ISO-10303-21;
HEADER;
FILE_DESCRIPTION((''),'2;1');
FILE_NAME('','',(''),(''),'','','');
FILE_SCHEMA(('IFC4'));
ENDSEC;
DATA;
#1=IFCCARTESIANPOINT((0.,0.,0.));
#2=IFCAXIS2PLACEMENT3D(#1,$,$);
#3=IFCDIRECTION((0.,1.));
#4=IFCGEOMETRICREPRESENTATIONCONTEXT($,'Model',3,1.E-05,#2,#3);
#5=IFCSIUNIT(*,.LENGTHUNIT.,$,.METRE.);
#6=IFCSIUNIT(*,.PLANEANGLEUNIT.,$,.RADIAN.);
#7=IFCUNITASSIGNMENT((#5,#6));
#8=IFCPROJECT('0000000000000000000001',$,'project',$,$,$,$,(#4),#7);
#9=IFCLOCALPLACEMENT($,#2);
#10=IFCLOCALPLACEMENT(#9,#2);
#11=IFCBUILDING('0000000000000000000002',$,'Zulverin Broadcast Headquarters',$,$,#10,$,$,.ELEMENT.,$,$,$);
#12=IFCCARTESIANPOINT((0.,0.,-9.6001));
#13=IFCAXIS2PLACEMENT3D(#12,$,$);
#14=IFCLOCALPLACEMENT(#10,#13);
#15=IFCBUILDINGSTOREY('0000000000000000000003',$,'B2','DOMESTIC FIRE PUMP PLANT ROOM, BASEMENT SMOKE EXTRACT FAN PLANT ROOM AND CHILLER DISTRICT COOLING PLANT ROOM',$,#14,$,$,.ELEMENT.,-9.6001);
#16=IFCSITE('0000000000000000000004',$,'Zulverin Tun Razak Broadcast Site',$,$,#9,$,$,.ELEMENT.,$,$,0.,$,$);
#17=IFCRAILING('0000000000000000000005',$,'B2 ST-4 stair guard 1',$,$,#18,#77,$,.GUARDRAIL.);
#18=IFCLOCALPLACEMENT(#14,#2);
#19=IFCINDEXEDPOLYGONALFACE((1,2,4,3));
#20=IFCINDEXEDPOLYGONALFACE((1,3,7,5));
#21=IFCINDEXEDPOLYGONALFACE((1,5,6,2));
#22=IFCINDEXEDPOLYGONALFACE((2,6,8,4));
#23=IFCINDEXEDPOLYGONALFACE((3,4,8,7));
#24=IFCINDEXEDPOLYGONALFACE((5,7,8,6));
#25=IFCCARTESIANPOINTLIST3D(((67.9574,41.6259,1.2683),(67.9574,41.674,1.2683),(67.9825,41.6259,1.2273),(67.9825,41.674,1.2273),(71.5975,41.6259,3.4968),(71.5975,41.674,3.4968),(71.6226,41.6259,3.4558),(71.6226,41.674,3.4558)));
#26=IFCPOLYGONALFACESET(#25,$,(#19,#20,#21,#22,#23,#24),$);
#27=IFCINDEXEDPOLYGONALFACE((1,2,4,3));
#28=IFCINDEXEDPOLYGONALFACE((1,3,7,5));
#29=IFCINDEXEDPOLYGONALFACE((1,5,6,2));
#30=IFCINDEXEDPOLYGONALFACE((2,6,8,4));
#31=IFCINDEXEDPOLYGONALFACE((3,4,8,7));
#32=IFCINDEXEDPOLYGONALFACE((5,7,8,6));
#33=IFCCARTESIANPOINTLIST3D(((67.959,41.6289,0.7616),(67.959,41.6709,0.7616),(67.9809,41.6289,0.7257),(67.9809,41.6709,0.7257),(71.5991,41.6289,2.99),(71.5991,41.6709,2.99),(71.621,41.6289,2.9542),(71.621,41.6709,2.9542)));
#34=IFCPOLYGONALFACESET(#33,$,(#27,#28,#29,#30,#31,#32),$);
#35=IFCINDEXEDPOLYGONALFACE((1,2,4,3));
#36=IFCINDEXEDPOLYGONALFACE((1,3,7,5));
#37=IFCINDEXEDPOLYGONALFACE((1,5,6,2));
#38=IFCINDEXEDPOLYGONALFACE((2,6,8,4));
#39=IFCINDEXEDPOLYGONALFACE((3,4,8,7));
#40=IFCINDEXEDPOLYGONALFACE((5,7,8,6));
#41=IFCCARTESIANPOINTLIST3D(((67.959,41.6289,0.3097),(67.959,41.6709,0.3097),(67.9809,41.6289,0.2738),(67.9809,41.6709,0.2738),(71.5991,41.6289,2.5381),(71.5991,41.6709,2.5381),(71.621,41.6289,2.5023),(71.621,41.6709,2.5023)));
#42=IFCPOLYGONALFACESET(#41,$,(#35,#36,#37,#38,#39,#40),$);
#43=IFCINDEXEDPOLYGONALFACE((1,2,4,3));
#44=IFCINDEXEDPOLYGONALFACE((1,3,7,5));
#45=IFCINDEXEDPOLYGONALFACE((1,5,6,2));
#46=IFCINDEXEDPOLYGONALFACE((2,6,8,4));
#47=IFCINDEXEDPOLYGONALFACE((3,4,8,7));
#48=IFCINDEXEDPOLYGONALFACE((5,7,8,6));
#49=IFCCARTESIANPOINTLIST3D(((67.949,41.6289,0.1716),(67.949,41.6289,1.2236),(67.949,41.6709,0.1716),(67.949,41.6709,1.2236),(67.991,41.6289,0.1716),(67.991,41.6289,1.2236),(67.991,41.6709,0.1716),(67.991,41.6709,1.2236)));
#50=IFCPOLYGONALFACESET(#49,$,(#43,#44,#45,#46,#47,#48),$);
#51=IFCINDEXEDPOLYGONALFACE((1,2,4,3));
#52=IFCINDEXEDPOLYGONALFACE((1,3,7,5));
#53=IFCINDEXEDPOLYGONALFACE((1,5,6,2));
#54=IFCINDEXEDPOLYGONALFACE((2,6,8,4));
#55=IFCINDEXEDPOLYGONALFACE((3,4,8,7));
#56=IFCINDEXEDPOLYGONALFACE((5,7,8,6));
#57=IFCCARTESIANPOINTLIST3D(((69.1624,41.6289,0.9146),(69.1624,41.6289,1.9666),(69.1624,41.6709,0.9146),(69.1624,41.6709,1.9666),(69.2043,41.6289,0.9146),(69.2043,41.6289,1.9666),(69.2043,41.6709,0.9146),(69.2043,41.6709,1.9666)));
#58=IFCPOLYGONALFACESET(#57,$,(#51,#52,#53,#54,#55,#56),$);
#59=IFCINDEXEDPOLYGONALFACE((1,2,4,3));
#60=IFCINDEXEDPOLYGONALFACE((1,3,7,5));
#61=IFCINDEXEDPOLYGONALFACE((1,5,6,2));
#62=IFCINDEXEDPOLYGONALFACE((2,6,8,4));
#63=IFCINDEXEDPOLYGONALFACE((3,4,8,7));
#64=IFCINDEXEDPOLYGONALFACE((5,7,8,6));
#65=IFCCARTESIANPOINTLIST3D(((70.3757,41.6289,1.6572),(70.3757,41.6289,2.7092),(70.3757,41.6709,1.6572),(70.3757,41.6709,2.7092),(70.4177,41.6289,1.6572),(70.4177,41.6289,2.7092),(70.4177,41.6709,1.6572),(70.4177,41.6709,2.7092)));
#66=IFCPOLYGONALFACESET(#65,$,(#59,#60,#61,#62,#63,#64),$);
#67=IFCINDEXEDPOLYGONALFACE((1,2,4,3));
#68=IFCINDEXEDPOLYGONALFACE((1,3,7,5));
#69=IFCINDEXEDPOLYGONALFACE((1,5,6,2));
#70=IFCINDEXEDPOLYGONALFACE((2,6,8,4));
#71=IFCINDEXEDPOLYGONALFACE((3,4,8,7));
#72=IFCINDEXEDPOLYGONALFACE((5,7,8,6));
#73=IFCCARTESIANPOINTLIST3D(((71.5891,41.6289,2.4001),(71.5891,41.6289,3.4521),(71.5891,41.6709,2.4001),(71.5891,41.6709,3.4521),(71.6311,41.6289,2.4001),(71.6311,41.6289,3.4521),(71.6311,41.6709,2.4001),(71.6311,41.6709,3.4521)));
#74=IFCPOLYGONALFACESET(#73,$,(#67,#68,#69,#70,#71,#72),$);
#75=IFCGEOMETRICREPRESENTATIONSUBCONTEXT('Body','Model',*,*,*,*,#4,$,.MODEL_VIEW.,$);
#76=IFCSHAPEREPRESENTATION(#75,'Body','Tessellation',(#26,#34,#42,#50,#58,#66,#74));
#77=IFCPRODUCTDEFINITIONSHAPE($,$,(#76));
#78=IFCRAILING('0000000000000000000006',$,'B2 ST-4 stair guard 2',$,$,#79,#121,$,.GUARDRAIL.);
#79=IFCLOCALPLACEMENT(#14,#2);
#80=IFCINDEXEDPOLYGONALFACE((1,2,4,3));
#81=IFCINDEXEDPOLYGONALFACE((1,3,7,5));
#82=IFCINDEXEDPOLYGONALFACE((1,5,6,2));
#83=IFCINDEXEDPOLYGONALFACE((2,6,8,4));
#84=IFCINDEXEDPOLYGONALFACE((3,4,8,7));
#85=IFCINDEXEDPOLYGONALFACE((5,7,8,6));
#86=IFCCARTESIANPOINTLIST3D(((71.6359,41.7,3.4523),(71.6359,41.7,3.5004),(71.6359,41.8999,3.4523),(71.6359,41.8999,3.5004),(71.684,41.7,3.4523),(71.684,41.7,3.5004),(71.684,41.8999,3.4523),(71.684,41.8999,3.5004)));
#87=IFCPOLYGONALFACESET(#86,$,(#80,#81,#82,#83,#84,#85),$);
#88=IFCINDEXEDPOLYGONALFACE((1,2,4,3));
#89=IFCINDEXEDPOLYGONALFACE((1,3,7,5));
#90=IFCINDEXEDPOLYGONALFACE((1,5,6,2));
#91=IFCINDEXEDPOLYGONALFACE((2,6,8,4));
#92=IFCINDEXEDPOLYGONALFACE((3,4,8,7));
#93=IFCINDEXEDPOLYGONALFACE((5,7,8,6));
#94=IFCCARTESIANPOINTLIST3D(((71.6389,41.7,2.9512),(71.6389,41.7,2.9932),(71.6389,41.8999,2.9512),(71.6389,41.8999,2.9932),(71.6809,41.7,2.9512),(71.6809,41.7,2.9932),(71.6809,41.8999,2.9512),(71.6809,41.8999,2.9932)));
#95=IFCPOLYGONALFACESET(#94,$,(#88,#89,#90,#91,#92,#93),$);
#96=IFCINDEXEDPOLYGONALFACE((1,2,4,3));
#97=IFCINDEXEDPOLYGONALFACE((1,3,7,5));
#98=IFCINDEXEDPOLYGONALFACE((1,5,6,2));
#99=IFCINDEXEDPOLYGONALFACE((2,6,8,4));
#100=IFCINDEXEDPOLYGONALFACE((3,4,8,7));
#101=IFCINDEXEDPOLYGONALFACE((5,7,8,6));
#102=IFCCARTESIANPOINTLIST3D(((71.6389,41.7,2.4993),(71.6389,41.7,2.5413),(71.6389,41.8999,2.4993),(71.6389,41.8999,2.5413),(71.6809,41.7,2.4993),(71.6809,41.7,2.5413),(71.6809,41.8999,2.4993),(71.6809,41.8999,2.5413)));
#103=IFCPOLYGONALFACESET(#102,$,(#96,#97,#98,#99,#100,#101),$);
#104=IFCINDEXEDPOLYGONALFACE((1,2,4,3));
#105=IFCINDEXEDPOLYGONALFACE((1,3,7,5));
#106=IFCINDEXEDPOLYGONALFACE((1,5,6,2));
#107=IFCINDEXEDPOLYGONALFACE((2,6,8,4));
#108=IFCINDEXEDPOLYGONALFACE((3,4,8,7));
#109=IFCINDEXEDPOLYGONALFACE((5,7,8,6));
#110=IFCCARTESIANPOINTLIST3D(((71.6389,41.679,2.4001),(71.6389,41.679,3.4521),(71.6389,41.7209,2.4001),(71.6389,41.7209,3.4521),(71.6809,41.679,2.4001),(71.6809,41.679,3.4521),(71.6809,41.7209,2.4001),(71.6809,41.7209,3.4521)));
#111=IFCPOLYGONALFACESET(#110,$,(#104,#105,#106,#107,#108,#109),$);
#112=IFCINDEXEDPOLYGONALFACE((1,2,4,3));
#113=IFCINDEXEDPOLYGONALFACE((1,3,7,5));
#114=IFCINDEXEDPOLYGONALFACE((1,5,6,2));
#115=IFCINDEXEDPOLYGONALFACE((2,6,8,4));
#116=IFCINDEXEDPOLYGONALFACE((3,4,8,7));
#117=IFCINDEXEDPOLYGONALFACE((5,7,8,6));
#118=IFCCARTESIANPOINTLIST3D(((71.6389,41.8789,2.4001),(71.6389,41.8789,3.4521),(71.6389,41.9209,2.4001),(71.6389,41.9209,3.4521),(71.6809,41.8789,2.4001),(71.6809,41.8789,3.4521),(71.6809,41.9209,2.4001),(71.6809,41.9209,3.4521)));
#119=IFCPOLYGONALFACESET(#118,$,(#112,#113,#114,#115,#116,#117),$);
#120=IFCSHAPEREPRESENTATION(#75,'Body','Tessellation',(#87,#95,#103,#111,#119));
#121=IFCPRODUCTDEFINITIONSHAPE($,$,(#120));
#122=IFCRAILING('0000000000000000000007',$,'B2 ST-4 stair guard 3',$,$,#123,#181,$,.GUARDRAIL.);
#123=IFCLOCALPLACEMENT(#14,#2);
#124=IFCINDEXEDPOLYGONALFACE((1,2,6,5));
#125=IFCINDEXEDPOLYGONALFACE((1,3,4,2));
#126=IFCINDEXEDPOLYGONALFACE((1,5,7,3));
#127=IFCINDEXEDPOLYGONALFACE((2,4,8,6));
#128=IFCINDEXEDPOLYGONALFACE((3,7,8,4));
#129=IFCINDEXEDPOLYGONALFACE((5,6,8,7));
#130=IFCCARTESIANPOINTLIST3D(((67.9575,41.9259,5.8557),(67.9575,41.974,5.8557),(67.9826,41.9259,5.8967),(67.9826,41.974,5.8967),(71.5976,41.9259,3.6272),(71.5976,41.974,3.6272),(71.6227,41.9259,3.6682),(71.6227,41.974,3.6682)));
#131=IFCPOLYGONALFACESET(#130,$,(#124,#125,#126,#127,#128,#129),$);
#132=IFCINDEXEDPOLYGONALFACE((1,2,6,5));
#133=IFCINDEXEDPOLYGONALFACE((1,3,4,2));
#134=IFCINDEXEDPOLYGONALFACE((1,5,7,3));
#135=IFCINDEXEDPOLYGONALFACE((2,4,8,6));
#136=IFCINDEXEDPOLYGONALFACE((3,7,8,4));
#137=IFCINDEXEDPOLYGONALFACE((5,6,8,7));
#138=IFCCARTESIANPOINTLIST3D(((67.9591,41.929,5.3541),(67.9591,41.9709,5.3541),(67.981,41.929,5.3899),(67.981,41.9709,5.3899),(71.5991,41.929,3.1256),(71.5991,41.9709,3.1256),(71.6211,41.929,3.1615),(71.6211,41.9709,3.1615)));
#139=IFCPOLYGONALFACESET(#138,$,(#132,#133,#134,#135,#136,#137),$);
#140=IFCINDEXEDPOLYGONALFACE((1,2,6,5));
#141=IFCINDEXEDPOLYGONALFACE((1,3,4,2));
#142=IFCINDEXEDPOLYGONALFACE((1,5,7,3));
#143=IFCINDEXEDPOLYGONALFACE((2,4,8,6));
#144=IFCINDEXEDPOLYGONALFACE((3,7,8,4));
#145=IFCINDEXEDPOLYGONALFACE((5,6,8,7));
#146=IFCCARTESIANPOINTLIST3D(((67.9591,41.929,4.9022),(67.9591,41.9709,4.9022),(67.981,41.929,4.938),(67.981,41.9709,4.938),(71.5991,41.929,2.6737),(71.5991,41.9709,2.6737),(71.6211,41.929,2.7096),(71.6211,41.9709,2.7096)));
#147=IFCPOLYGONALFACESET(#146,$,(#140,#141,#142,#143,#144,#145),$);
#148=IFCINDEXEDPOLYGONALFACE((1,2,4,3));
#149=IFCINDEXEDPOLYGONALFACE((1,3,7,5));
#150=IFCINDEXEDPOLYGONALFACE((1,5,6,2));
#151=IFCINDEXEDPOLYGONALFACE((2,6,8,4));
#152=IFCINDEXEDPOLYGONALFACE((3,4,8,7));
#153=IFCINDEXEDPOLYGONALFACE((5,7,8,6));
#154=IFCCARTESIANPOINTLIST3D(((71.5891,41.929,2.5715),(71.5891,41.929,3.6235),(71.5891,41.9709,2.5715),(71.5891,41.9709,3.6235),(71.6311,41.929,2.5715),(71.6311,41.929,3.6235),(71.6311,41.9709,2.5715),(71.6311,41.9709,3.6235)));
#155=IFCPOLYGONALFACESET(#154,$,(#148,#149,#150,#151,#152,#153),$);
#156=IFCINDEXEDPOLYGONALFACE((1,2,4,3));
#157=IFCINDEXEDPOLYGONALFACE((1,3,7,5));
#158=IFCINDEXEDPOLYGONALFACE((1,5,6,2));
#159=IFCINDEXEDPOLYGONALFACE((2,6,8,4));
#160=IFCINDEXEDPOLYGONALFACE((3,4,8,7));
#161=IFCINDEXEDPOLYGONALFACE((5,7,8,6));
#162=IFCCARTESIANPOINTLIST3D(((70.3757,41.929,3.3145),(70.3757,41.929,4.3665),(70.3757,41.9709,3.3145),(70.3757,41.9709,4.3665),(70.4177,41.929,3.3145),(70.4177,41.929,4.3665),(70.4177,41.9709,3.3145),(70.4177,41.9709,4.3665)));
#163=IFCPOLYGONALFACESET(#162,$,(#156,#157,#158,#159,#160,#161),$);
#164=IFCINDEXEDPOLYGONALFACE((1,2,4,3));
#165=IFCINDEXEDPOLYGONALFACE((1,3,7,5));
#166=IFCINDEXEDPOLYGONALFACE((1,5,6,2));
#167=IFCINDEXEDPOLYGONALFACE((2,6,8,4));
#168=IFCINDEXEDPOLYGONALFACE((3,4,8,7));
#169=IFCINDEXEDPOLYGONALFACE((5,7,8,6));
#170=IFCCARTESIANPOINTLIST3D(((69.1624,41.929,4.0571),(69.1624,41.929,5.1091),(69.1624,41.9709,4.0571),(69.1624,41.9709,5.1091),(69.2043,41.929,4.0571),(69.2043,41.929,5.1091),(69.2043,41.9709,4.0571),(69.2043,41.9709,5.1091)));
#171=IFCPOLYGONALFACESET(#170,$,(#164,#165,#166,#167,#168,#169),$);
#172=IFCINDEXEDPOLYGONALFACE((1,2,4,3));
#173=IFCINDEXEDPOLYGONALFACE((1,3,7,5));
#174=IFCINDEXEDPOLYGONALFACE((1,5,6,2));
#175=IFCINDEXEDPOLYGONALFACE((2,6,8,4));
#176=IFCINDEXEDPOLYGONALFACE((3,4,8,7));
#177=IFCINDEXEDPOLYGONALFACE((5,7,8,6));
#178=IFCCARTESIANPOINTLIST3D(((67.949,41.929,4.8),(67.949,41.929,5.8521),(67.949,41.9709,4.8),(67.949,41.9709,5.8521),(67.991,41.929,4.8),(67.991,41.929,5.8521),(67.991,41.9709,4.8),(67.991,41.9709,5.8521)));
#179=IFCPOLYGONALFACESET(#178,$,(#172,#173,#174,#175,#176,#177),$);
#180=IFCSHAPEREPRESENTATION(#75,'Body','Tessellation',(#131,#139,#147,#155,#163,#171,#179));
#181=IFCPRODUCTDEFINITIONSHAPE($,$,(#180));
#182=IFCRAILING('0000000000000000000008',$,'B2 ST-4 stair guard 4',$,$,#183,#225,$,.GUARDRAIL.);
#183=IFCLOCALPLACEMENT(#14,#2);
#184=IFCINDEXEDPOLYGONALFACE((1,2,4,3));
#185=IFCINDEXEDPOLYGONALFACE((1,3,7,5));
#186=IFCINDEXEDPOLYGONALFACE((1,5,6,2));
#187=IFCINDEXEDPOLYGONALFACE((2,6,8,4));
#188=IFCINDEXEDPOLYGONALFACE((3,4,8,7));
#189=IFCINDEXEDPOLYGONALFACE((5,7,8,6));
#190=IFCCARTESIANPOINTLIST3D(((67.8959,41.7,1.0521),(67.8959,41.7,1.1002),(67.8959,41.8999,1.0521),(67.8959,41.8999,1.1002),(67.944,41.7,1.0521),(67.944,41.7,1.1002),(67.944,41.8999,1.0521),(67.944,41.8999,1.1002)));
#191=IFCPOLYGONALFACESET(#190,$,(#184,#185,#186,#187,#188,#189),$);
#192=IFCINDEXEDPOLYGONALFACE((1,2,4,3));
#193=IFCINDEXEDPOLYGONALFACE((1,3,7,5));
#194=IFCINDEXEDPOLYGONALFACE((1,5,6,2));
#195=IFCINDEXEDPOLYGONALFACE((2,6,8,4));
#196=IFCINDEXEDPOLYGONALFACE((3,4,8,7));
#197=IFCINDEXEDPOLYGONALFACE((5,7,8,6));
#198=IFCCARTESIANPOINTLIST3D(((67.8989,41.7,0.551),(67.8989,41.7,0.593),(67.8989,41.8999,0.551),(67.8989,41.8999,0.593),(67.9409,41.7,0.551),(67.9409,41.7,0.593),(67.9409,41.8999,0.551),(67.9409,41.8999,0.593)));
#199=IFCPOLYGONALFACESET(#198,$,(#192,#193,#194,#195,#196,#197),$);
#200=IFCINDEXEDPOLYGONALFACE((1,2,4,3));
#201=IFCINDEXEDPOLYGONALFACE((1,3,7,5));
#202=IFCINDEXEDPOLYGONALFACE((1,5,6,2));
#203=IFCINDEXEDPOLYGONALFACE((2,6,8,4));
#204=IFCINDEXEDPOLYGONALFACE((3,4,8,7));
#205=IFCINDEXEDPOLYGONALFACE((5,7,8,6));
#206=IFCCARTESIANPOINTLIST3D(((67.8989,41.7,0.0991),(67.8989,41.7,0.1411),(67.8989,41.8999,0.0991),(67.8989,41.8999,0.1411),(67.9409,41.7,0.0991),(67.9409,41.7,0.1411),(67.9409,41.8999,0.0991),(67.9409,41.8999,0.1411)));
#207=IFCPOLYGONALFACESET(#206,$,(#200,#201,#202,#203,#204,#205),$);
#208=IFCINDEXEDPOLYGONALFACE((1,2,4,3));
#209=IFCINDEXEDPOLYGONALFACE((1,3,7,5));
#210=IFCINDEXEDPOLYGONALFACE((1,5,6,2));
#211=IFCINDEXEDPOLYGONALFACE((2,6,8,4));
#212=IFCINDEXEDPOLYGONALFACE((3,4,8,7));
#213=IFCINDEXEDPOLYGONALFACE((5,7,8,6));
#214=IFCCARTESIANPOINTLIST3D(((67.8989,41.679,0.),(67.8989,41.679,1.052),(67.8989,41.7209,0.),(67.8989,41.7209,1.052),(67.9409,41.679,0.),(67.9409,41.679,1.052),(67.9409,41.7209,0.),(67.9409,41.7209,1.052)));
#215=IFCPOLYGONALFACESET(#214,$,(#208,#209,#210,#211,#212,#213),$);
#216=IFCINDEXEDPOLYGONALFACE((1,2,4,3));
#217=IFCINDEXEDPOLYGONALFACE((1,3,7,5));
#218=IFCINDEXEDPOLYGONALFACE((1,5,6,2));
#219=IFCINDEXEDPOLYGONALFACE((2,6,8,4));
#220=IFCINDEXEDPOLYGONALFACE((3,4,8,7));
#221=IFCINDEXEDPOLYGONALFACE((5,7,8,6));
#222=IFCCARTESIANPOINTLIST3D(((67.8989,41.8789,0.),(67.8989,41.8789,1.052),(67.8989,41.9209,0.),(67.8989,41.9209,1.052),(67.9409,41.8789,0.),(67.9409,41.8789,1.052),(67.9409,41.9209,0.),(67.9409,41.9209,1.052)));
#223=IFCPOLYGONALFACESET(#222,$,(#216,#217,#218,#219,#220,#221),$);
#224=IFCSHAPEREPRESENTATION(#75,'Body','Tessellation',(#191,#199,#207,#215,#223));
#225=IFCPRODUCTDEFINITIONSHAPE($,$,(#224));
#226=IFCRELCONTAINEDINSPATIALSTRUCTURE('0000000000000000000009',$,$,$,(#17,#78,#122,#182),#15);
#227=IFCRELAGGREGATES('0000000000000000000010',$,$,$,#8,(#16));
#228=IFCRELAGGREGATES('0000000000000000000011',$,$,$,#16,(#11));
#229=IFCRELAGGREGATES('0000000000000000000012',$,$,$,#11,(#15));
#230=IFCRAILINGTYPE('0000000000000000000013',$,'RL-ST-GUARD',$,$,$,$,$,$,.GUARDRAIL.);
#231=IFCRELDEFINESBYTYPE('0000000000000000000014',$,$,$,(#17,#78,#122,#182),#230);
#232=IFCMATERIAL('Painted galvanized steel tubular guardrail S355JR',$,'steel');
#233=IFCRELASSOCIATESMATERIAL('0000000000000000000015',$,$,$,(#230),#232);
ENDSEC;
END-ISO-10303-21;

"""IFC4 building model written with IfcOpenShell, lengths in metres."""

from ifc_helpers import new_model, si_unit, direction, frame, origin, origin_2d, place, context, subcontext, project, spatial, rectangle, extrude, material, type_object, element, save


model = new_model("IFC4")

# Units and contexts
model_context = context("Model", 3, precision=1e-05, world=origin(), true_north=direction((0.0, 1.0)))
body_context = subcontext(model_context, "Body", "Model", "MODEL_VIEW")
ifc_project = project(units=[si_unit("LENGTHUNIT", "METRE"), si_unit("PLANEANGLEUNIT", "RADIAN")], contexts=[model_context])

# Site, building, storey
site_placement = place(None, origin())
site = spatial("IfcSite", under=ifc_project, at=site_placement, Name="Zulverin Tun Razak Broadcast Site", CompositionType="ELEMENT", RefElevation=0.0)
building_placement = place(site_placement, origin())
building = spatial("IfcBuilding", under=site, at=building_placement, Name="Zulverin Broadcast Headquarters", CompositionType="ELEMENT")
storey_placement = place(building_placement, frame((0.0, 0.0, -9.6001)))
storey = spatial("IfcBuildingStorey", under=building, at=storey_placement, Name="B2", Description="DOMESTIC FIRE PUMP PLANT ROOM, BASEMENT SMOKE EXTRACT FAN PLANT ROOM AND CHILLER DISTRICT COOLING PLANT ROOM", CompositionType="ELEMENT", Elevation=-9.6001)

# Railings
ifc_material_1 = material(Name="Painted galvanized steel tubular guardrail S355JR", Category="steel")
railing_type_1 = type_object("IfcRailingType", Name="RL-ST-GUARD", PredefinedType="GUARDRAIL", material=ifc_material_1)
railing_1_placement = place(storey_placement, frame((67.97, 41.6499, 0.1716)))
element("IfcRailing", 1, at=railing_1_placement, inside=storey, type_object=railing_type_1, Name="B2 ST-4 stair guard 1", PredefinedType="GUARDRAIL", context=body_context, shape_type="SweptSolid", body=[
    extrude(rectangle(XDim=0.0481, YDim=0.0481, at=origin_2d()), frame((0.0, 0.0, 1.0762), z_axis=(0.852866, 0.0, 0.52213), x_axis=(0.0, 1.0, 0.0)), (0.0, 0.0, 1.0), 4.2681),
    extrude(rectangle(XDim=0.042, YDim=0.042, at=origin_2d()), frame((0.0, 0.0, 0.572), z_axis=(0.852866, 0.0, 0.52213), x_axis=(0.0, 1.0, 0.0)), (0.0, 0.0, 1.0), 4.2681),
    extrude(rectangle(XDim=0.042, YDim=0.042, at=origin_2d()), frame((0.0, 0.0, 0.1201), z_axis=(0.852866, 0.0, 0.52213), x_axis=(0.0, 1.0, 0.0)), (0.0, 0.0, 1.0), 4.2681),
    extrude(rectangle(XDim=0.042, YDim=0.042, at=origin_2d()), origin(), (0.0, 0.0, 1.0), 1.052),
    extrude(rectangle(XDim=0.042, YDim=0.042, at=origin_2d()), frame((1.2134, 0.0, 0.7429)), (0.0, 0.0, 1.0), 1.052),
    extrude(rectangle(XDim=0.042, YDim=0.042, at=origin_2d()), frame((2.4268, 0.0, 1.4856)), (0.0, 0.0, 1.0), 1.052),
    extrude(rectangle(XDim=0.042, YDim=0.042, at=origin_2d()), frame((3.6401, 0.0, 2.2285)), (0.0, 0.0, 1.0), 1.052),
])
railing_2_placement = place(storey_placement, frame((71.6599, 41.7, 2.4001)))
element("IfcRailing", 2, at=railing_2_placement, inside=storey, type_object=railing_type_1, Name="B2 ST-4 stair guard 2", PredefinedType="GUARDRAIL", context=body_context, shape_type="SweptSolid", body=[
    extrude(rectangle(XDim=0.0481, YDim=0.0481, at=origin_2d()), frame((0.0, 0.0, 1.0762), z_axis=(0.0, 1.0, 0.0), x_axis=(-1.0, 0.0, 0.0)), (0.0, 0.0, 1.0), 0.2),
    extrude(rectangle(XDim=0.042, YDim=0.042, at=origin_2d()), frame((0.0, 0.0, 0.572), z_axis=(0.0, 1.0, 0.0), x_axis=(-1.0, 0.0, 0.0)), (0.0, 0.0, 1.0), 0.2),
    extrude(rectangle(XDim=0.042, YDim=0.042, at=origin_2d()), frame((0.0, 0.0, 0.1201), z_axis=(0.0, 1.0, 0.0), x_axis=(-1.0, 0.0, 0.0)), (0.0, 0.0, 1.0), 0.2),
    extrude(rectangle(XDim=0.042, YDim=0.042, at=origin_2d()), origin(), (0.0, 0.0, 1.0), 1.052),
    extrude(rectangle(XDim=0.042, YDim=0.042, at=origin_2d()), frame((0.0, 0.2, 0.0)), (0.0, 0.0, 1.0), 1.052),
])
railing_3_placement = place(storey_placement, frame((71.6101, 41.95, 2.5715)))
element("IfcRailing", 3, at=railing_3_placement, inside=storey, type_object=railing_type_1, Name="B2 ST-4 stair guard 3", PredefinedType="GUARDRAIL", context=body_context, shape_type="SweptSolid", body=[
    extrude(rectangle(XDim=0.0481, YDim=0.0481, at=origin_2d()), frame((0.0, 0.0, 1.0762), z_axis=(-0.852866, 0.0, 0.52213), x_axis=(0.0, -1.0, 0.0)), (0.0, 0.0, 1.0), 4.2681),
    extrude(rectangle(XDim=0.042, YDim=0.042, at=origin_2d()), frame((0.0, 0.0, 0.572), z_axis=(-0.852866, 0.0, 0.52213), x_axis=(0.0, -1.0, 0.0)), (0.0, 0.0, 1.0), 4.2681),
    extrude(rectangle(XDim=0.042, YDim=0.042, at=origin_2d()), frame((0.0, 0.0, 0.1201), z_axis=(-0.852866, 0.0, 0.52213), x_axis=(0.0, -1.0, 0.0)), (0.0, 0.0, 1.0), 4.2681),
    extrude(rectangle(XDim=0.042, YDim=0.042, at=origin_2d()), origin(), (0.0, 0.0, 1.0), 1.052),
    extrude(rectangle(XDim=0.042, YDim=0.042, at=origin_2d()), frame((-1.2134, 0.0, 0.7429)), (0.0, 0.0, 1.0), 1.052),
    extrude(rectangle(XDim=0.042, YDim=0.042, at=origin_2d()), frame((-2.4268, 0.0, 1.4856)), (0.0, 0.0, 1.0), 1.052),
    extrude(rectangle(XDim=0.042, YDim=0.042, at=origin_2d()), frame((-3.6401, 0.0, 2.2285)), (0.0, 0.0, 1.0), 1.052),
])
railing_4_placement = place(storey_placement, frame((67.9199, 41.7, 0.0)))
element("IfcRailing", 4, at=railing_4_placement, inside=storey, type_object=railing_type_1, Name="B2 ST-4 stair guard 4", PredefinedType="GUARDRAIL", context=body_context, shape_type="SweptSolid", body=[
    extrude(rectangle(XDim=0.0481, YDim=0.0481, at=origin_2d()), frame((0.0, 0.0, 1.0762), z_axis=(0.0, 1.0, 0.0), x_axis=(-1.0, 0.0, 0.0)), (0.0, 0.0, 1.0), 0.2),
    extrude(rectangle(XDim=0.042, YDim=0.042, at=origin_2d()), frame((0.0, 0.0, 0.572), z_axis=(0.0, 1.0, 0.0), x_axis=(-1.0, 0.0, 0.0)), (0.0, 0.0, 1.0), 0.2),
    extrude(rectangle(XDim=0.042, YDim=0.042, at=origin_2d()), frame((0.0, 0.0, 0.1201), z_axis=(0.0, 1.0, 0.0), x_axis=(-1.0, 0.0, 0.0)), (0.0, 0.0, 1.0), 0.2),
    extrude(rectangle(XDim=0.042, YDim=0.042, at=origin_2d()), origin(), (0.0, 0.0, 1.0), 1.052),
    extrude(rectangle(XDim=0.042, YDim=0.042, at=origin_2d()), frame((0.0, 0.2, 0.0)), (0.0, 0.0, 1.0), 1.052),
])

save(model, "model.ifc")
